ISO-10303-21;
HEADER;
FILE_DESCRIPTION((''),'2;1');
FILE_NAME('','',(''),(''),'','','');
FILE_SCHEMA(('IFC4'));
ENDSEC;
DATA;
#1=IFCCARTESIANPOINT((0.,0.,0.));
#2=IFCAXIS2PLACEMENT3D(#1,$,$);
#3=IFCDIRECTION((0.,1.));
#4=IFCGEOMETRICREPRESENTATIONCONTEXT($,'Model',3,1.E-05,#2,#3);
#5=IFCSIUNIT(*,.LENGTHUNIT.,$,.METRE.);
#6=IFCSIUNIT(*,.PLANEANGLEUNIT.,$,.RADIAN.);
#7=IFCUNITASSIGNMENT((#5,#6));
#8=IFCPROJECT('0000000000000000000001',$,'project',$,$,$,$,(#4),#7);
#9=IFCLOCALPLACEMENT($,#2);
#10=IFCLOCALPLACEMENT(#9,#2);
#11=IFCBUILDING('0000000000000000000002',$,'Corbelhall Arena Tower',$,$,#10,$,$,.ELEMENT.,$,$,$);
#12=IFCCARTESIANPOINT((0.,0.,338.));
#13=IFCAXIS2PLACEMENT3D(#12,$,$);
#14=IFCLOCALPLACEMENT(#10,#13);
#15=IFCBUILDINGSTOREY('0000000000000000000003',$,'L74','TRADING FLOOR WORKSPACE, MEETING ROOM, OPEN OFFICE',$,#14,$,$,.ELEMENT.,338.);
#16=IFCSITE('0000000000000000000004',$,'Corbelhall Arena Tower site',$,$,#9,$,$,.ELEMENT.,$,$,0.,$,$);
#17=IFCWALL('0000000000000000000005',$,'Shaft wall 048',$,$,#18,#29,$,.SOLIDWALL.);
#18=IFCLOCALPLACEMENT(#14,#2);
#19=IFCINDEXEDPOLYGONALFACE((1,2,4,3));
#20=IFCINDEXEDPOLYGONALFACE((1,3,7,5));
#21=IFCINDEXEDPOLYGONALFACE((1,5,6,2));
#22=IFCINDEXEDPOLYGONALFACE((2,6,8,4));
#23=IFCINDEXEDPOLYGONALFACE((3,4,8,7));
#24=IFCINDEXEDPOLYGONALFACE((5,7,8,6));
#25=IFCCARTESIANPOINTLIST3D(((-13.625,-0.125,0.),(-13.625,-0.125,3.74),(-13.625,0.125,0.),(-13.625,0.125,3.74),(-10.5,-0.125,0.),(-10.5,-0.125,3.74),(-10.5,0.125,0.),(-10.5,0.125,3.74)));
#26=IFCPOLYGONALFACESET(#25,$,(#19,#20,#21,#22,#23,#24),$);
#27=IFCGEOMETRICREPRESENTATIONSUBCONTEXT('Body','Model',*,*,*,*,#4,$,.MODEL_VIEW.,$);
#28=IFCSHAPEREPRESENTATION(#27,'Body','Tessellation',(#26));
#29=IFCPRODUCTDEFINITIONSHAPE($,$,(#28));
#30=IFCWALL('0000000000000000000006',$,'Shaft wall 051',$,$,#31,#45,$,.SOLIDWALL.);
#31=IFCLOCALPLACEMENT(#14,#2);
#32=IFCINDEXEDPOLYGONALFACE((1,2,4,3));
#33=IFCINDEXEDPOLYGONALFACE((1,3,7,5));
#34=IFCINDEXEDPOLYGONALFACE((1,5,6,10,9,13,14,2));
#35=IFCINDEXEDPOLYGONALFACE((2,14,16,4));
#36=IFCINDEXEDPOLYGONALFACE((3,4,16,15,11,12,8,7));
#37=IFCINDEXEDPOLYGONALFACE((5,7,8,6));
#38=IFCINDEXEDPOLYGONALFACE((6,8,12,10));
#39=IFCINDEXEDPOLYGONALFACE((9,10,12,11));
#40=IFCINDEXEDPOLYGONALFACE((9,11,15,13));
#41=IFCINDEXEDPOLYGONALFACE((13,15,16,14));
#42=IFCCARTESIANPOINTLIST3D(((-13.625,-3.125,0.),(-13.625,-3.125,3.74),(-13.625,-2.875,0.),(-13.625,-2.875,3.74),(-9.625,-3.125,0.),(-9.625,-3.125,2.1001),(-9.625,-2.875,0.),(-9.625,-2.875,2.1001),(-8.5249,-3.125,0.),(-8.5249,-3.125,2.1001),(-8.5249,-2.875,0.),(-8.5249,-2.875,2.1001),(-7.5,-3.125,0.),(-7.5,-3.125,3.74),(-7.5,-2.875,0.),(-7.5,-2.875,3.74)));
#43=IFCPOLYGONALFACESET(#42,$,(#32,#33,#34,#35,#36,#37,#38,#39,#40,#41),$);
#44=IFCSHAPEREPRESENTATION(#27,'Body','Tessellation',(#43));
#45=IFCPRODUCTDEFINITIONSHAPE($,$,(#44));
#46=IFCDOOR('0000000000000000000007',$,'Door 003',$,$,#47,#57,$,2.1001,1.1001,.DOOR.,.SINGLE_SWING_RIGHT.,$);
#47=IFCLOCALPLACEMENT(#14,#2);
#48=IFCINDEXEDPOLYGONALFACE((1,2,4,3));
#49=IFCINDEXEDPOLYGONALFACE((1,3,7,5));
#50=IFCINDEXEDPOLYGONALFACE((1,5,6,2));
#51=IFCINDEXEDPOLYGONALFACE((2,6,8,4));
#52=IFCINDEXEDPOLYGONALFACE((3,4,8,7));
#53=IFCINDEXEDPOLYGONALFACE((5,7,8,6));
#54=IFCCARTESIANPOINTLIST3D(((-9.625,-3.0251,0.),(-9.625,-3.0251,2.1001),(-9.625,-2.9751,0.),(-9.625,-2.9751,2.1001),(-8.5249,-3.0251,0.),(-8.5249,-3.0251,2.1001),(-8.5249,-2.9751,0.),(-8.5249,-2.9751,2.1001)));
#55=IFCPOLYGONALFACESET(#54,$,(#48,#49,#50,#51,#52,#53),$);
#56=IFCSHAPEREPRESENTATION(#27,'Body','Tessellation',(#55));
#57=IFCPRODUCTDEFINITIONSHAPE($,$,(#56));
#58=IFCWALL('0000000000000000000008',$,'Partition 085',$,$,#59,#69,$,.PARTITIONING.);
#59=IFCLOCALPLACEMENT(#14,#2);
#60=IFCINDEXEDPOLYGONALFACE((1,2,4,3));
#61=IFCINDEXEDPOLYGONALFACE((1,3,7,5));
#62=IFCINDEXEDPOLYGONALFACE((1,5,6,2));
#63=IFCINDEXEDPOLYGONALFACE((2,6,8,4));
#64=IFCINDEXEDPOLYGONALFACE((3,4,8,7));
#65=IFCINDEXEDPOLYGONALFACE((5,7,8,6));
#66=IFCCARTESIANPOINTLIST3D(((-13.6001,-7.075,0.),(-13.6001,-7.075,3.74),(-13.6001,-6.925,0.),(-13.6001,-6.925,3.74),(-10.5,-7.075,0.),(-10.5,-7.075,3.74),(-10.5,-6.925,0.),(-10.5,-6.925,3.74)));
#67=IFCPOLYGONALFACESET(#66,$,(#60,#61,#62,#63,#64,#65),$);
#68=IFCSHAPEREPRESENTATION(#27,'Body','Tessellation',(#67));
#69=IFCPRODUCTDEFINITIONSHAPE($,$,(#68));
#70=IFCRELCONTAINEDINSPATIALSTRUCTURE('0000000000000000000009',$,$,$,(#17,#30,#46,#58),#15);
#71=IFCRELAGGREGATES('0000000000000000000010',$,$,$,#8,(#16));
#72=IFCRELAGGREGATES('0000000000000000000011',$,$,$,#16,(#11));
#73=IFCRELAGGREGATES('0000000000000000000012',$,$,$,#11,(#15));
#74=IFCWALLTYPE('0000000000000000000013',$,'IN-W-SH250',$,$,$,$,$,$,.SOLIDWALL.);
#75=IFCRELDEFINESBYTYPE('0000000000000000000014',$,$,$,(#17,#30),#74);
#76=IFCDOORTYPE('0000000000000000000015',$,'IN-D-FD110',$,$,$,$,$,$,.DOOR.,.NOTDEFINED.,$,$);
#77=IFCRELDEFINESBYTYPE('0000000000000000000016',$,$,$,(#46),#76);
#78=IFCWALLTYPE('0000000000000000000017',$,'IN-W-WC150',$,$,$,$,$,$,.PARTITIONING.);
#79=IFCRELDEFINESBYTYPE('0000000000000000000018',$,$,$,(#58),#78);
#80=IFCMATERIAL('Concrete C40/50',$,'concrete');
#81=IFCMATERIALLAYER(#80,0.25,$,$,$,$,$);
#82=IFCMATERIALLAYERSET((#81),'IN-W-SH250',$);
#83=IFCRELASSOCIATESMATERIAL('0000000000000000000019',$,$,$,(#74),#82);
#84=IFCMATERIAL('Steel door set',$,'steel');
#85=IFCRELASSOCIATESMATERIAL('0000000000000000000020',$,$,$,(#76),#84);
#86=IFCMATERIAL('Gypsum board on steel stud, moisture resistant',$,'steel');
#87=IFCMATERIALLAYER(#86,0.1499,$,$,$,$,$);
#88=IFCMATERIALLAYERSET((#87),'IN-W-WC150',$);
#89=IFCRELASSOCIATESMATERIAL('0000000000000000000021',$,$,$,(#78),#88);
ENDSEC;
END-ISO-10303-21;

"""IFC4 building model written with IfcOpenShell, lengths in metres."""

from ifc_helpers import new_model, si_unit, direction, frame, frame_2d, origin, place, context, subcontext, project, spatial, rectangle, extrude, material, layer, layer_set, type_object, element, fill, save


model = new_model("IFC4")

# Units and contexts
model_context = context("Model", 3, precision=1e-05, world=origin(), true_north=direction((0.0, 1.0)))
body_context = subcontext(model_context, "Body", "Model", "MODEL_VIEW")
ifc_project = project(units=[si_unit("LENGTHUNIT", "METRE"), si_unit("PLANEANGLEUNIT", "RADIAN")], contexts=[model_context])

# Site, building, storey
site_placement = place(None, origin())
site = spatial("IfcSite", under=ifc_project, at=site_placement, Name="Corbelhall Arena Tower site", CompositionType="ELEMENT", RefElevation=0.0)
building_placement = place(site_placement, origin())
building = spatial("IfcBuilding", under=site, at=building_placement, Name="Corbelhall Arena Tower", CompositionType="ELEMENT")
storey_placement = place(building_placement, frame((0.0, 0.0, 338.0)))
storey = spatial("IfcBuildingStorey", under=building, at=storey_placement, Name="L74", Description="TRADING FLOOR WORKSPACE, MEETING ROOM, OPEN OFFICE", CompositionType="ELEMENT", Elevation=338.0)

# Shared definitions
ifc_material_1 = material(Name="Steel door set", Category="steel")

# Wall
ifc_material_2 = material(Name="Concrete C40/50", Category="concrete")
ifc_layer_1 = layer(ifc_material_2, 0.25)
ifc_layer_set_1 = layer_set([ifc_layer_1], Name="IN-W-SH250")
wall_type_1 = type_object("IfcWallType", Name="IN-W-SH250", PredefinedType="SOLIDWALL", material=ifc_layer_set_1)
wall_1_placement = place(storey_placement, frame((-13.625, 0.0, 0.0), z_axis=(0.0, 0.0, 1.0), x_axis=(1.0, 0.0, 0.0)))
element("IfcWall", 1, at=wall_1_placement, inside=storey, type_object=wall_type_1, Name="Shaft wall 048", PredefinedType="SOLIDWALL", context=body_context, shape_type="SweptSolid", body=[
    extrude(rectangle(XDim=3.125, YDim=0.25, at=frame_2d((1.5625, 0.0))), origin(), (0.0, 0.0, 1.0), 3.74),
])

# Wall, opening, door
wall_2_placement = place(storey_placement, frame((-13.625, -3.0, 0.0), z_axis=(0.0, 0.0, 1.0), x_axis=(1.0, 0.0, 0.0)))
wall_2 = element("IfcWall", 2, at=wall_2_placement, inside=storey, type_object=wall_type_1, Name="Shaft wall 051", PredefinedType="SOLIDWALL", context=body_context, shape_type="SweptSolid", body=[
    extrude(rectangle(XDim=6.125, YDim=0.25, at=frame_2d((3.0625, 0.0))), origin(), (0.0, 0.0, 1.0), 3.74),
])
opening_1_placement = place(wall_2_placement, frame((4.0, 0.0, 0.0)))
opening_1 = element("IfcOpeningElement", 3, at=opening_1_placement, cuts=wall_2, PredefinedType="OPENING", context=body_context, shape_type="SweptSolid", body=[
    extrude(rectangle(XDim=1.1001, YDim=2.1001, at=frame_2d((0.55, 1.05))), frame((0.0, 0.125, 0.0), z_axis=(0.0, -1.0, 0.0), x_axis=(1.0, 0.0, 0.0)), (0.0, 0.0, 1.0), 0.25),
])
door_type_1 = type_object("IfcDoorType", Name="IN-D-FD110", OperationType="NOTDEFINED", PredefinedType="DOOR", material=ifc_material_1)
door_1_placement = place(opening_1_placement, origin())
door_1 = element("IfcDoor", 4, at=door_1_placement, inside=storey, type_object=door_type_1, Name="Door 003", OperationType="SINGLE_SWING_RIGHT", OverallHeight=2.1001, OverallWidth=1.1001, PredefinedType="DOOR", context=body_context, shape_type="SweptSolid", body=[
    extrude(rectangle(XDim=1.1001, YDim=2.1001, at=frame_2d((0.55, 1.05))), frame((0.0, 0.0249, 0.0), z_axis=(0.0, -1.0, 0.0), x_axis=(1.0, 0.0, 0.0)), (0.0, 0.0, 1.0), 0.05),
])
fill(opening_1, door_1)

# Wall
ifc_material_3 = material(Name="Gypsum board on steel stud, moisture resistant", Category="steel")
ifc_layer_2 = layer(ifc_material_3, 0.1499)
ifc_layer_set_2 = layer_set([ifc_layer_2], Name="IN-W-WC150")
wall_type_2 = type_object("IfcWallType", Name="IN-W-WC150", PredefinedType="PARTITIONING", material=ifc_layer_set_2)
wall_3_placement = place(storey_placement, frame((-13.6001, -7.0, 0.0), z_axis=(0.0, 0.0, 1.0), x_axis=(1.0, 0.0, 0.0)))
element("IfcWall", 5, at=wall_3_placement, inside=storey, type_object=wall_type_2, Name="Partition 085", PredefinedType="PARTITIONING", context=body_context, shape_type="SweptSolid", body=[
    extrude(rectangle(XDim=3.1001, YDim=0.1499, at=frame_2d((1.55, 0.0))), origin(), (0.0, 0.0, 1.0), 3.74),
])

save(model, "model.ifc")
